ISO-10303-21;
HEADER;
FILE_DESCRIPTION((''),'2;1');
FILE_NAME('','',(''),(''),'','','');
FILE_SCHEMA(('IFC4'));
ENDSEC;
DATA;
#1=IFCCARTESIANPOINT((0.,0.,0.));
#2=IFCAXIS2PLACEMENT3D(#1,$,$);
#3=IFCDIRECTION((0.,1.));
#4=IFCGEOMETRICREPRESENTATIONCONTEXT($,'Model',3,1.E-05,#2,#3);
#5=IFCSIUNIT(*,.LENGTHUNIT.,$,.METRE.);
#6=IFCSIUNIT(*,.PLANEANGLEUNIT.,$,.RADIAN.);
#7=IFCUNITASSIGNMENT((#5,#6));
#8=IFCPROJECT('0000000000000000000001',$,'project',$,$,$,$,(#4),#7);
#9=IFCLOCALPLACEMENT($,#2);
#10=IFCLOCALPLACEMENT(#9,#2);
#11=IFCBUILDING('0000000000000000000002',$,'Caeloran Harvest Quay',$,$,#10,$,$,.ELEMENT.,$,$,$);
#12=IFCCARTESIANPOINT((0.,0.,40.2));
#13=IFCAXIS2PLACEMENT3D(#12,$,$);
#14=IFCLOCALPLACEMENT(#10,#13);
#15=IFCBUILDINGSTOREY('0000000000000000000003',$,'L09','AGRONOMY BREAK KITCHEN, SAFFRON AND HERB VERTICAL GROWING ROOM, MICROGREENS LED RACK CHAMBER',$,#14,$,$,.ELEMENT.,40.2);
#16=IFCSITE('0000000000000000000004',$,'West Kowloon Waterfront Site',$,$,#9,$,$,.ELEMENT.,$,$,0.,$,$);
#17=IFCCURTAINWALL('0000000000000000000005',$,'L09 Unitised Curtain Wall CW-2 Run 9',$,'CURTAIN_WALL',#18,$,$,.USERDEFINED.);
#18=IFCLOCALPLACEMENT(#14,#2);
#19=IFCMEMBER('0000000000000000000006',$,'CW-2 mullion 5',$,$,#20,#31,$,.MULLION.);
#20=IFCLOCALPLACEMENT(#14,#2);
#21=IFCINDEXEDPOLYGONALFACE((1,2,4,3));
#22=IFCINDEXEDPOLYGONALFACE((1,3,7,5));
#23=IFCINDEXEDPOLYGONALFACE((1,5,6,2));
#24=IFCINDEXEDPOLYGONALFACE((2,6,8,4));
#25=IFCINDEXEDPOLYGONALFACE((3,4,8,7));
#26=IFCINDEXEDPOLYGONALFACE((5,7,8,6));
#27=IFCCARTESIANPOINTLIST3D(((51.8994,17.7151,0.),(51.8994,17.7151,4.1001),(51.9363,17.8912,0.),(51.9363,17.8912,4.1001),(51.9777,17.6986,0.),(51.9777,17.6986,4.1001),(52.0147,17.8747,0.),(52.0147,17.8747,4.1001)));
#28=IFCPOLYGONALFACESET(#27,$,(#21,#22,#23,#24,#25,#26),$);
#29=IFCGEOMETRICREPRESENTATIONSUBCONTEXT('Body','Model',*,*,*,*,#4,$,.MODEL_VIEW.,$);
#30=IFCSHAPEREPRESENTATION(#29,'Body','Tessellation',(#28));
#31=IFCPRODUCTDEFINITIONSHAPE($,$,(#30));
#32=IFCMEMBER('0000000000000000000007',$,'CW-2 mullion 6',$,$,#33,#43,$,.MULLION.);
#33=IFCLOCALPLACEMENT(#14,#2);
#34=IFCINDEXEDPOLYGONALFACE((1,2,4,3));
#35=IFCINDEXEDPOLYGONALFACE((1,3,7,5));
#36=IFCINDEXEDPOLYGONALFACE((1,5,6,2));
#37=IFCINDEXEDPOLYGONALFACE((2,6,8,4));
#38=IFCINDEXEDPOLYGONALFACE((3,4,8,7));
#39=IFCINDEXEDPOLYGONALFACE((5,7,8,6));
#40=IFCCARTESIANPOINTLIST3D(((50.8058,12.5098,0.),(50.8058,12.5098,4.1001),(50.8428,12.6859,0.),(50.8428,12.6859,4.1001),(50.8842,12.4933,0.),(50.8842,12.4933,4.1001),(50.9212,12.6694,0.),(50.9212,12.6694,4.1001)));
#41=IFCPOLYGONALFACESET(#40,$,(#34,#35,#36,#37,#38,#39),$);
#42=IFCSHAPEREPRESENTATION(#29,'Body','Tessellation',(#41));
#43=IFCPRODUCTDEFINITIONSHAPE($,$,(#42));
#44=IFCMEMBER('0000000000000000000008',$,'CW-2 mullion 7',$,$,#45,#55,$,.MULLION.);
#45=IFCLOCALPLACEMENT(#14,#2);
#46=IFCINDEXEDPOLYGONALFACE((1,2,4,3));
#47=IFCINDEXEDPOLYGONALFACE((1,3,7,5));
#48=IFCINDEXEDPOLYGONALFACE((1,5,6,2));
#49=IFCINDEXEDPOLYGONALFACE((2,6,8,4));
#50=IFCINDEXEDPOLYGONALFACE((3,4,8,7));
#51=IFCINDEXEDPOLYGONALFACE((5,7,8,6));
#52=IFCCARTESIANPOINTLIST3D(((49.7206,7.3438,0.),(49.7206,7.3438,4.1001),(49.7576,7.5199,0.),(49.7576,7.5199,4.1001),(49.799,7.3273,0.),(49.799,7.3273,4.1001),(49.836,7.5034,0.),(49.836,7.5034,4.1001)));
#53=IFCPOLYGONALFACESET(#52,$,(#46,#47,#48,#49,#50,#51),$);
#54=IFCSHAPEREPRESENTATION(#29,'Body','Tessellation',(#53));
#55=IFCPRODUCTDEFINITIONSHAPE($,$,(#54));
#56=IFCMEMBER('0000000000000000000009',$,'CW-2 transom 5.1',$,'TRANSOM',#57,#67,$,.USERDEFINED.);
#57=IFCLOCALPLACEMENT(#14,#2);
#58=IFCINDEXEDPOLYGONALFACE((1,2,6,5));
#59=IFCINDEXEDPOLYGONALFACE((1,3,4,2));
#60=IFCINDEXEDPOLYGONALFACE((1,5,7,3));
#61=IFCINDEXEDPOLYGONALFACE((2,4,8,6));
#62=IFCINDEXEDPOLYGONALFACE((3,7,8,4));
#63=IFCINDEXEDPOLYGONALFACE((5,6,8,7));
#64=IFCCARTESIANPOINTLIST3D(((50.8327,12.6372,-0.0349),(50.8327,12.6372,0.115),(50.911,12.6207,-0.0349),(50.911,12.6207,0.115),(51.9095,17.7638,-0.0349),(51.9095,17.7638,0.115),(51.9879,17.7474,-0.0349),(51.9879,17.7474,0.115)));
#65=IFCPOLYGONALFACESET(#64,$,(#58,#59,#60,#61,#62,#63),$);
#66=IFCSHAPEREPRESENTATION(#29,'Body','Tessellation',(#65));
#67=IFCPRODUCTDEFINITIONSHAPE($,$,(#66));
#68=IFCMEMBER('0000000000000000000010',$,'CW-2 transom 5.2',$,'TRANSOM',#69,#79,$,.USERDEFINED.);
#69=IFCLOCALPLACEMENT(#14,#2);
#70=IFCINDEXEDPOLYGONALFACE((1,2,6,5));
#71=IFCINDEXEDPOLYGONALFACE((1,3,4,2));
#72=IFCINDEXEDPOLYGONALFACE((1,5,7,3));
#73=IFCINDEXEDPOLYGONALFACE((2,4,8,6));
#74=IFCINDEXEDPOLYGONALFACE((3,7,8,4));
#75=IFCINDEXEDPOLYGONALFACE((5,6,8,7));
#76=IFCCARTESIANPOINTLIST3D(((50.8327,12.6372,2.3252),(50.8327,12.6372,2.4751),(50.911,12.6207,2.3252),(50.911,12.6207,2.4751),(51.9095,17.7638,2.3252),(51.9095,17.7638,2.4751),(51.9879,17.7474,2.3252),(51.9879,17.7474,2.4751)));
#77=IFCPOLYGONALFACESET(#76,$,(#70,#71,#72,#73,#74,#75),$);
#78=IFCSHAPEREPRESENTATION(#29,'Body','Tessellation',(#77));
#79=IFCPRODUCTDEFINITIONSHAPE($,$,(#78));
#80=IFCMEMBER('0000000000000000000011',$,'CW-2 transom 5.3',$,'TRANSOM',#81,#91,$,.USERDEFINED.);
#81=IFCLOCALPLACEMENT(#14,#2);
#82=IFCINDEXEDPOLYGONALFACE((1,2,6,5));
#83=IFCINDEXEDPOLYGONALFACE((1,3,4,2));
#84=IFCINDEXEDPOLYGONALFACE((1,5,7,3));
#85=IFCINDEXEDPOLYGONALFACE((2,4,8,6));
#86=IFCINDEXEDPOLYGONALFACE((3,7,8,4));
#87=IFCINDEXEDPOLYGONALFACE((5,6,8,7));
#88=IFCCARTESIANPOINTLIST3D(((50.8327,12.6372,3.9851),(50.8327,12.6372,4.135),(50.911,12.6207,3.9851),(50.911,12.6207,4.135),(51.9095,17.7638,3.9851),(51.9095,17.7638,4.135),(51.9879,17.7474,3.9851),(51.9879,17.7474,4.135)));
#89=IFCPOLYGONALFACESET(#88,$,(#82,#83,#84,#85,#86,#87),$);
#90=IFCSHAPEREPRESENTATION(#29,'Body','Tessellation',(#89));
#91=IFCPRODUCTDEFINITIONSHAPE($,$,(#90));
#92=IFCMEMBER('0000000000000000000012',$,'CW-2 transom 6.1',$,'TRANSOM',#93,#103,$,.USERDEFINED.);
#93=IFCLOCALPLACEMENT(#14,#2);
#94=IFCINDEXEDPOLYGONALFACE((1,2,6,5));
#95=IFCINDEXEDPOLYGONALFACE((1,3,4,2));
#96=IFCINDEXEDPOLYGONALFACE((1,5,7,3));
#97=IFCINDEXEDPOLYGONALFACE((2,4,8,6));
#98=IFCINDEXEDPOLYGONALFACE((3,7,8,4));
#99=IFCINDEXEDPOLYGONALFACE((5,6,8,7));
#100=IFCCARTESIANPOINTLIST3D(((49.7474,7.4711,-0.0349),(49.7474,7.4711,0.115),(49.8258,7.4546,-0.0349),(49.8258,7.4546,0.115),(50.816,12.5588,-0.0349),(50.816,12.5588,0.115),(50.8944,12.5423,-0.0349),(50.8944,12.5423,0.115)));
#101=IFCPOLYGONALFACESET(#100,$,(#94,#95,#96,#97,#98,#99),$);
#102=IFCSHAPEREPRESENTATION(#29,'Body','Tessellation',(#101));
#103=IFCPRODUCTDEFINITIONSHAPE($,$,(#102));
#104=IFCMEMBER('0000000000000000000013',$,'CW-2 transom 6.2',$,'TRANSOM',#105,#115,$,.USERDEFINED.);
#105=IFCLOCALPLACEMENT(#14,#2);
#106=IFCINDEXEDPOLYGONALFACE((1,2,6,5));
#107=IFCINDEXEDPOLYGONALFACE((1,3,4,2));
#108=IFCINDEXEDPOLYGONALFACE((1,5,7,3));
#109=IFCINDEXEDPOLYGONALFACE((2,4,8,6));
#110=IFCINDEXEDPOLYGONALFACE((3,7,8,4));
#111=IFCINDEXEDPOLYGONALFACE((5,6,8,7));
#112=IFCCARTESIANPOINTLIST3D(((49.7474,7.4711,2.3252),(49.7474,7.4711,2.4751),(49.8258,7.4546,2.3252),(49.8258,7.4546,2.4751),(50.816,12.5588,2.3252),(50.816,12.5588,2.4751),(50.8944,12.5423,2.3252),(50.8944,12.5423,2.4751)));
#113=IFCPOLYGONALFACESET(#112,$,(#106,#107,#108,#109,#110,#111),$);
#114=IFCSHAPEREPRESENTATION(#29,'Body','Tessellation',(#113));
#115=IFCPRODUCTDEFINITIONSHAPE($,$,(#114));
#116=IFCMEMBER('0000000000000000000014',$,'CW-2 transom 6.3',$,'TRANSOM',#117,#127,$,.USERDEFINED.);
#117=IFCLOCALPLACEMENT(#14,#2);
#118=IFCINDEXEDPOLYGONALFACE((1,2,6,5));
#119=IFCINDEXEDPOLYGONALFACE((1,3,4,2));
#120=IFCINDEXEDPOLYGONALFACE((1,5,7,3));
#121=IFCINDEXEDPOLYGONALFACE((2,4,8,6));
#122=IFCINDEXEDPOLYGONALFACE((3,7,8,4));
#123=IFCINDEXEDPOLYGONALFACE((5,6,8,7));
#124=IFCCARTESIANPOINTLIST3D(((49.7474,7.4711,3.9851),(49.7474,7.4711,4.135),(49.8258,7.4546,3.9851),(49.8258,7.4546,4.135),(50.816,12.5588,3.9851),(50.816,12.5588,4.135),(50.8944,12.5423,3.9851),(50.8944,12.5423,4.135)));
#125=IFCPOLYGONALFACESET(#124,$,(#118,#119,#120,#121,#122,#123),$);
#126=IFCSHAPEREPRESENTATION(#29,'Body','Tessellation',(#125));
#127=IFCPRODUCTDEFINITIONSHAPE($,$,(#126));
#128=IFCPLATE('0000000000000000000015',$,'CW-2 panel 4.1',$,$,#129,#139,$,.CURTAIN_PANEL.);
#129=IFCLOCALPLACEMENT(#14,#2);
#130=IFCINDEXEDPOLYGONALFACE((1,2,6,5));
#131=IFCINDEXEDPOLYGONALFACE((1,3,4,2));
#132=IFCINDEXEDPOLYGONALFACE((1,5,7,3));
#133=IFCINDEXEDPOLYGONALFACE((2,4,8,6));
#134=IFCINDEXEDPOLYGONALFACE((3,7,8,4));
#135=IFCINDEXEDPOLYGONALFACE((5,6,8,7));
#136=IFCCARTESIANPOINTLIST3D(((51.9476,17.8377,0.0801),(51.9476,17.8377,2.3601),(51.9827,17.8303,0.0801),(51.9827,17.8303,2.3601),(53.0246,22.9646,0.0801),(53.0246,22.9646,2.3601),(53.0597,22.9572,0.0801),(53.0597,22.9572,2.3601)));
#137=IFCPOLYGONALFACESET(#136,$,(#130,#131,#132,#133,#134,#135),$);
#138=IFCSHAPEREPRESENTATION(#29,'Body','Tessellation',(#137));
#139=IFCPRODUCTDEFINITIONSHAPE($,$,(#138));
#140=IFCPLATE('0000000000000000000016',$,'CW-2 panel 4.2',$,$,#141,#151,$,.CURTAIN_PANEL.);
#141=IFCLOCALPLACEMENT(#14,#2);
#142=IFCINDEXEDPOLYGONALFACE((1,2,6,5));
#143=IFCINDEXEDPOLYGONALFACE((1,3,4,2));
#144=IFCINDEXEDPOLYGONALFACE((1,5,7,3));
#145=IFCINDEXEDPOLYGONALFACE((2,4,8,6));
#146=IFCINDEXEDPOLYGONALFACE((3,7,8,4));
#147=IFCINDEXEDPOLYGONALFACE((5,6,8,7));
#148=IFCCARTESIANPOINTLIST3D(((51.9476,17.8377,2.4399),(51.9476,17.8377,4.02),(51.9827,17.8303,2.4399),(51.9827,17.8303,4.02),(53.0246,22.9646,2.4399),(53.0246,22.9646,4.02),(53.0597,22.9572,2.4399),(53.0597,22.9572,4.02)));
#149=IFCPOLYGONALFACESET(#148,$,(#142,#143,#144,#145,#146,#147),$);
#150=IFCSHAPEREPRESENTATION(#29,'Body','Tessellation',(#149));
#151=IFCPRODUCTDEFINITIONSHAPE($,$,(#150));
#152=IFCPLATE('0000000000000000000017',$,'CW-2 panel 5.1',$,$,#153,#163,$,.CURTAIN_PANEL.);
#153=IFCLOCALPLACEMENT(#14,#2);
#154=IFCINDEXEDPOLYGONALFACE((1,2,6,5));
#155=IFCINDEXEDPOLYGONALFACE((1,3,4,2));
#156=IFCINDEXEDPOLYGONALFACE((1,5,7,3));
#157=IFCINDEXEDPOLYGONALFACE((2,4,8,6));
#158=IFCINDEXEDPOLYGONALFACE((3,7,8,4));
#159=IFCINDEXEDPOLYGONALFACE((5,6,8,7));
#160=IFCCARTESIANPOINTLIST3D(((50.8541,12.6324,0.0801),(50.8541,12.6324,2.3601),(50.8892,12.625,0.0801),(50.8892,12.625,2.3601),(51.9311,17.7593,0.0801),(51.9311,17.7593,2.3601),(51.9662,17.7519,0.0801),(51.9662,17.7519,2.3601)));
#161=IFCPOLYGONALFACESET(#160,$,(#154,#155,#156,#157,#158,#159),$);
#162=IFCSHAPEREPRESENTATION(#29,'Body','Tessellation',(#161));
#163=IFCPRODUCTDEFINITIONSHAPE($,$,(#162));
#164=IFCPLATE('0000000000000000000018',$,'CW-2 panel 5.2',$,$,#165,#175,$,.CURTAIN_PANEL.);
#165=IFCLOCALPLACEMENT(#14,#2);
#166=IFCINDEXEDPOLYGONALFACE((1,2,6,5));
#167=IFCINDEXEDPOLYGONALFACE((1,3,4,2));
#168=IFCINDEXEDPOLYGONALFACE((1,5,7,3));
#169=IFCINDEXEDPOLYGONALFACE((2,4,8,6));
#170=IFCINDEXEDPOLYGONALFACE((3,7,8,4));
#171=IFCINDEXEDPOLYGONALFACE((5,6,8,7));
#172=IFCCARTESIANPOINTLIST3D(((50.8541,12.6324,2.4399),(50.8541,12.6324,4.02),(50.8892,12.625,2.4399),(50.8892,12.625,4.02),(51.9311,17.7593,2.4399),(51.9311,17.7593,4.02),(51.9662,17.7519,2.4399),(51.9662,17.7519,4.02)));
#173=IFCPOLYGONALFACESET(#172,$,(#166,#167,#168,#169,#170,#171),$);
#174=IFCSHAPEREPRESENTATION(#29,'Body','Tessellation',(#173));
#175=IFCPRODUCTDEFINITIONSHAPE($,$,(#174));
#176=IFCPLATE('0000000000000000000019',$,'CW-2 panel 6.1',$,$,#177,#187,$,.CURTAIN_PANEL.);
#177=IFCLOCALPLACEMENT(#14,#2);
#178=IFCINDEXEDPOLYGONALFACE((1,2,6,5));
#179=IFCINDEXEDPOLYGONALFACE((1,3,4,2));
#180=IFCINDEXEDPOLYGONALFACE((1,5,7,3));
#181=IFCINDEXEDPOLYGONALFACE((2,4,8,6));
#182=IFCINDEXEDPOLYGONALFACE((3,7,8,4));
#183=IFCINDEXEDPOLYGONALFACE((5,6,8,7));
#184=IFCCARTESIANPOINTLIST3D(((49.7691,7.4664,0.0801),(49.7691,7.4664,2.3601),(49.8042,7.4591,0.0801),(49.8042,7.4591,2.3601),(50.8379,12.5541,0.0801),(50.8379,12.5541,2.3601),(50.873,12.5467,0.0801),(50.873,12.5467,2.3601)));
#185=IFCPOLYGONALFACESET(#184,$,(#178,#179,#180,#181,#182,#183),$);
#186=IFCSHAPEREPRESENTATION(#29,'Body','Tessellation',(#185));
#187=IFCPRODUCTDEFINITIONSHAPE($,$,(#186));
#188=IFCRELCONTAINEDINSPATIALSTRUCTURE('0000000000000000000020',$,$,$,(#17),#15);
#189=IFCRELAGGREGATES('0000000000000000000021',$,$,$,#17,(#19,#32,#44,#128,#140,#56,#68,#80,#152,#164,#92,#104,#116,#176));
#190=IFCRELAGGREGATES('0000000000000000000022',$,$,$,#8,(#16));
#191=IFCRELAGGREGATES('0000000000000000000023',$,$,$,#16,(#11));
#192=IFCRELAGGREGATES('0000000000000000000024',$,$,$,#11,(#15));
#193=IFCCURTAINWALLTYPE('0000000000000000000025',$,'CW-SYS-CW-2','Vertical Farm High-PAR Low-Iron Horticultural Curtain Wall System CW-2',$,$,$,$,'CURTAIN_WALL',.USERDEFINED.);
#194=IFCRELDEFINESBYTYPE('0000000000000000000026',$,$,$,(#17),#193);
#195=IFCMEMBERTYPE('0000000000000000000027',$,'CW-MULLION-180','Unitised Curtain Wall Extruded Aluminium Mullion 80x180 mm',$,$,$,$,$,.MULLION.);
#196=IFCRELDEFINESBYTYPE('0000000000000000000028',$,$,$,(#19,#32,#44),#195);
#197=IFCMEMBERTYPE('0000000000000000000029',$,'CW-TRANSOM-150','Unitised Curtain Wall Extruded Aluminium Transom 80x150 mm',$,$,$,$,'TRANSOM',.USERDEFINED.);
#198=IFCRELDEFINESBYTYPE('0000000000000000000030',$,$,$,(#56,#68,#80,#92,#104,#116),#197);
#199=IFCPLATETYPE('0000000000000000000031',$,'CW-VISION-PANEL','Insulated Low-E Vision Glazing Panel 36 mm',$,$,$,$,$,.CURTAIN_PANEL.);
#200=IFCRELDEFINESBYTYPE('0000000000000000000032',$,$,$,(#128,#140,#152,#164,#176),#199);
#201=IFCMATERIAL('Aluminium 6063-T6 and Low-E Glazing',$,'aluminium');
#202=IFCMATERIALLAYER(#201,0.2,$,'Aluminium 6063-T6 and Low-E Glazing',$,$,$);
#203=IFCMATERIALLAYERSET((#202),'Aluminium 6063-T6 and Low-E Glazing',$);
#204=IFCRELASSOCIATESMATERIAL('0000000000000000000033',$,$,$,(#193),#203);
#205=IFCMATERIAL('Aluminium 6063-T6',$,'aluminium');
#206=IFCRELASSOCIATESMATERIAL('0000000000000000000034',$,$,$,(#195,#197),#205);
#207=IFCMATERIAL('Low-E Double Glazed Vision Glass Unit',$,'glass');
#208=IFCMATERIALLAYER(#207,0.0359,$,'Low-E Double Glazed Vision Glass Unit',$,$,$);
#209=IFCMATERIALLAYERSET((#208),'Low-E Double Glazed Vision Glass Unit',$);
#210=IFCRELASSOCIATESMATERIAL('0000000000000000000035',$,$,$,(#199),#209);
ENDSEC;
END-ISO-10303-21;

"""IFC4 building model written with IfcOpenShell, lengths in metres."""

from ifc_helpers import new_model, si_unit, direction, frame, origin, origin_2d, place, context, subcontext, project, spatial, rectangle, extrude, material, layer, layer_set, material_profile, profile_set, type_object, element, aggregate, save


model = new_model("IFC4")

# Units and contexts
model_context = context("Model", 3, precision=1e-05, world=origin(), true_north=direction((0.0, 1.0)))
body_context = subcontext(model_context, "Body", "Model", "MODEL_VIEW")
ifc_project = project(units=[si_unit("LENGTHUNIT", "METRE"), si_unit("PLANEANGLEUNIT", "RADIAN")], contexts=[model_context])

# Site, building, storey
site_placement = place(None, origin())
site = spatial("IfcSite", under=ifc_project, at=site_placement, Name="West Kowloon Waterfront Site", CompositionType="ELEMENT", RefElevation=0.0)
building_placement = place(site_placement, origin())
building = spatial("IfcBuilding", under=site, at=building_placement, Name="Caeloran Harvest Quay", CompositionType="ELEMENT")
storey_placement = place(building_placement, frame((0.0, 0.0, 40.2)))
storey = spatial("IfcBuildingStorey", under=building, at=storey_placement, Name="L09", Description="AGRONOMY BREAK KITCHEN, SAFFRON AND HERB VERTICAL GROWING ROOM, MICROGREENS LED RACK CHAMBER", CompositionType="ELEMENT", Elevation=40.2)

# Curtain wall, members, plates
ifc_material_1 = material(Name="Aluminium 6063-T6 and Low-E Glazing", Category="aluminium")
ifc_layer_1 = layer(ifc_material_1, 0.2, Name="Aluminium 6063-T6 and Low-E Glazing")
ifc_layer_set_1 = layer_set([ifc_layer_1], Name="Aluminium 6063-T6 and Low-E Glazing")
curtain_wall_type = type_object("IfcCurtainWallType", Name="CW-SYS-CW-2", Description="Vertical Farm High-PAR Low-Iron Horticultural Curtain Wall System CW-2", ElementType="CURTAIN_WALL", PredefinedType="USERDEFINED", material=ifc_layer_set_1)
curtain_wall_placement = place(storey_placement, origin())
curtain_wall = element("IfcCurtainWall", 1, at=curtain_wall_placement, inside=storey, type_object=curtain_wall_type, Name="L09 Unitised Curtain Wall CW-2 Run 9", ObjectType="CURTAIN_WALL", PredefinedType="USERDEFINED")
ifc_material_2 = material(Name="Aluminium 6063-T6", Category="aluminium")
ifc_material_profile_1 = material_profile(ifc_material_2, rectangle(XDim=0.0801, YDim=0.1799, at=origin_2d()), Name="CW-MULLION-180")
ifc_profile_set_1 = profile_set([ifc_material_profile_1], Name="Aluminium 6063-T6")
member_type_1 = type_object("IfcMemberType", Name="CW-MULLION-180", Description="Unitised Curtain Wall Extruded Aluminium Mullion 80x180 mm", PredefinedType="MULLION", material=ifc_profile_set_1)
member_1_placement = place(storey_placement, frame((51.957, 17.7949, 0.0), z_axis=(0.0, 0.0, 1.0), x_axis=(0.97864, -0.205583, 0.0)))
member_1 = element("IfcMember", 2, at=member_1_placement, type_object=member_type_1, Name="CW-2 mullion 5", PredefinedType="MULLION", context=body_context, shape_type="SweptSolid", body=[
    extrude(rectangle(XDim=0.0801, YDim=0.1799, at=origin_2d()), origin(), (0.0, 0.0, 1.0), 4.1001),
])
member_2_placement = place(storey_placement, frame((50.8635, 12.5896, 0.0), z_axis=(0.0, 0.0, 1.0), x_axis=(0.97864, -0.205583, 0.0)))
member_2 = element("IfcMember", 3, at=member_2_placement, type_object=member_type_1, Name="CW-2 mullion 6", PredefinedType="MULLION", context=body_context, shape_type="SweptSolid", body=[
    extrude(rectangle(XDim=0.0801, YDim=0.1799, at=origin_2d()), origin(), (0.0, 0.0, 1.0), 4.1001),
])
member_3_placement = place(storey_placement, frame((49.7783, 7.4236, 0.0), z_axis=(0.0, 0.0, 1.0), x_axis=(0.97864, -0.205583, 0.0)))
member_3 = element("IfcMember", 4, at=member_3_placement, type_object=member_type_1, Name="CW-2 mullion 7", PredefinedType="MULLION", context=body_context, shape_type="SweptSolid", body=[
    extrude(rectangle(XDim=0.0801, YDim=0.1799, at=origin_2d()), origin(), (0.0, 0.0, 1.0), 4.1001),
])
ifc_material_profile_2 = material_profile(ifc_material_2, rectangle(XDim=0.0801, YDim=0.1499, at=origin_2d()), Name="CW-TRANSOM-150")
ifc_profile_set_2 = profile_set([ifc_material_profile_2], Name="Aluminium 6063-T6")
member_type_2 = type_object("IfcMemberType", Name="CW-TRANSOM-150", Description="Unitised Curtain Wall Extruded Aluminium Transom 80x150 mm", ElementType="TRANSOM", PredefinedType="USERDEFINED", material=ifc_profile_set_2)
member_4_placement = place(storey_placement, frame((51.9487, 17.7556, 0.04), z_axis=(-0.205571, -0.978642, 0.0), x_axis=(0.978642, -0.205571, 0.0)))
member_4 = element("IfcMember", 5, at=member_4_placement, type_object=member_type_2, Name="CW-2 transom 5.1", ObjectType="TRANSOM", PredefinedType="USERDEFINED", context=body_context, shape_type="SweptSolid", body=[
    extrude(rectangle(XDim=0.0801, YDim=0.1499, at=origin_2d()), origin(), (0.0, 0.0, 1.0), 5.2385),
])
member_5_placement = place(storey_placement, frame((51.9487, 17.7556, 2.4001), z_axis=(-0.205571, -0.978642, 0.0), x_axis=(0.978642, -0.205571, 0.0)))
member_5 = element("IfcMember", 6, at=member_5_placement, type_object=member_type_2, Name="CW-2 transom 5.2", ObjectType="TRANSOM", PredefinedType="USERDEFINED", context=body_context, shape_type="SweptSolid", body=[
    extrude(rectangle(XDim=0.0801, YDim=0.1499, at=origin_2d()), origin(), (0.0, 0.0, 1.0), 5.2385),
])
member_6_placement = place(storey_placement, frame((51.9487, 17.7556, 4.0601), z_axis=(-0.205571, -0.978642, 0.0), x_axis=(0.978642, -0.205571, 0.0)))
member_6 = element("IfcMember", 7, at=member_6_placement, type_object=member_type_2, Name="CW-2 transom 5.3", ObjectType="TRANSOM", PredefinedType="USERDEFINED", context=body_context, shape_type="SweptSolid", body=[
    extrude(rectangle(XDim=0.0801, YDim=0.1499, at=origin_2d()), origin(), (0.0, 0.0, 1.0), 5.2385),
])
member_7_placement = place(storey_placement, frame((50.8552, 12.5505, 0.04), z_axis=(-0.205554, -0.978646, 0.0), x_axis=(0.978646, -0.205554, 0.0)))
member_7 = element("IfcMember", 8, at=member_7_placement, type_object=member_type_2, Name="CW-2 transom 6.1", ObjectType="TRANSOM", PredefinedType="USERDEFINED", context=body_context, shape_type="SweptSolid", body=[
    extrude(rectangle(XDim=0.0801, YDim=0.1499, at=origin_2d()), origin(), (0.0, 0.0, 1.0), 5.1987),
])
member_8_placement = place(storey_placement, frame((50.8552, 12.5505, 2.4001), z_axis=(-0.205554, -0.978646, 0.0), x_axis=(0.978646, -0.205554, 0.0)))
member_8 = element("IfcMember", 9, at=member_8_placement, type_object=member_type_2, Name="CW-2 transom 6.2", ObjectType="TRANSOM", PredefinedType="USERDEFINED", context=body_context, shape_type="SweptSolid", body=[
    extrude(rectangle(XDim=0.0801, YDim=0.1499, at=origin_2d()), origin(), (0.0, 0.0, 1.0), 5.1987),
])
member_9_placement = place(storey_placement, frame((50.8552, 12.5505, 4.0601), z_axis=(-0.205554, -0.978646, 0.0), x_axis=(0.978646, -0.205554, 0.0)))
member_9 = element("IfcMember", 10, at=member_9_placement, type_object=member_type_2, Name="CW-2 transom 6.3", ObjectType="TRANSOM", PredefinedType="USERDEFINED", context=body_context, shape_type="SweptSolid", body=[
    extrude(rectangle(XDim=0.0801, YDim=0.1499, at=origin_2d()), origin(), (0.0, 0.0, 1.0), 5.1987),
])
ifc_material_3 = material(Name="Low-E Double Glazed Vision Glass Unit", Category="glass")
ifc_layer_2 = layer(ifc_material_3, 0.0359, Name="Low-E Double Glazed Vision Glass Unit")
ifc_layer_set_2 = layer_set([ifc_layer_2], Name="Low-E Double Glazed Vision Glass Unit")
plate_type_1 = type_object("IfcPlateType", Name="CW-VISION-PANEL", Description="Insulated Low-E Vision Glazing Panel 36 mm", PredefinedType="CURTAIN_PANEL", material=ifc_layer_set_2)
plate_1_placement = place(storey_placement, frame((52.5037, 20.3975, 0.0801), z_axis=(0.0, 0.0, 1.0), x_axis=(-0.205583, -0.97864, 0.0)))
plate_1 = element("IfcPlate", 11, at=plate_1_placement, type_object=plate_type_1, Name="CW-2 panel 4.1", PredefinedType="CURTAIN_PANEL", context=body_context, shape_type="SweptSolid", body=[
    extrude(rectangle(XDim=5.2388, YDim=0.0359, at=origin_2d()), origin(), (0.0, 0.0, 1.0), 2.28),
])
plate_2_placement = place(storey_placement, frame((52.5037, 20.3975, 2.4399), z_axis=(0.0, 0.0, 1.0), x_axis=(-0.205583, -0.97864, 0.0)))
plate_2 = element("IfcPlate", 12, at=plate_2_placement, type_object=plate_type_1, Name="CW-2 panel 4.2", PredefinedType="CURTAIN_PANEL", context=body_context, shape_type="SweptSolid", body=[
    extrude(rectangle(XDim=5.2388, YDim=0.0359, at=origin_2d()), origin(), (0.0, 0.0, 1.0), 1.5801),
])
plate_3_placement = place(storey_placement, frame((51.4102, 15.1921, 0.0801), z_axis=(0.0, 0.0, 1.0), x_axis=(-0.205583, -0.97864, 0.0)))
plate_3 = element("IfcPlate", 13, at=plate_3_placement, type_object=plate_type_1, Name="CW-2 panel 5.1", PredefinedType="CURTAIN_PANEL", context=body_context, shape_type="SweptSolid", body=[
    extrude(rectangle(XDim=5.2388, YDim=0.0359, at=origin_2d()), origin(), (0.0, 0.0, 1.0), 2.28),
])
plate_4_placement = place(storey_placement, frame((51.4102, 15.1921, 2.4399), z_axis=(0.0, 0.0, 1.0), x_axis=(-0.205583, -0.97864, 0.0)))
plate_4 = element("IfcPlate", 14, at=plate_4_placement, type_object=plate_type_1, Name="CW-2 panel 5.2", PredefinedType="CURTAIN_PANEL", context=body_context, shape_type="SweptSolid", body=[
    extrude(rectangle(XDim=5.2388, YDim=0.0359, at=origin_2d()), origin(), (0.0, 0.0, 1.0), 1.5801),
])
plate_5_placement = place(storey_placement, frame((50.321, 10.0066, 0.0801), z_axis=(0.0, 0.0, 1.0), x_axis=(-0.205583, -0.97864, 0.0)))
plate_5 = element("IfcPlate", 15, at=plate_5_placement, type_object=plate_type_1, Name="CW-2 panel 6.1", PredefinedType="CURTAIN_PANEL", context=body_context, shape_type="SweptSolid", body=[
    extrude(rectangle(XDim=5.1987, YDim=0.0359, at=origin_2d()), origin(), (0.0, 0.0, 1.0), 2.28),
])
aggregate(curtain_wall, [member_1, member_2, member_3, plate_1, plate_2, member_4, member_5, member_6, plate_3, plate_4, member_7, member_8, member_9, plate_5])

save(model, "model.ifc")
